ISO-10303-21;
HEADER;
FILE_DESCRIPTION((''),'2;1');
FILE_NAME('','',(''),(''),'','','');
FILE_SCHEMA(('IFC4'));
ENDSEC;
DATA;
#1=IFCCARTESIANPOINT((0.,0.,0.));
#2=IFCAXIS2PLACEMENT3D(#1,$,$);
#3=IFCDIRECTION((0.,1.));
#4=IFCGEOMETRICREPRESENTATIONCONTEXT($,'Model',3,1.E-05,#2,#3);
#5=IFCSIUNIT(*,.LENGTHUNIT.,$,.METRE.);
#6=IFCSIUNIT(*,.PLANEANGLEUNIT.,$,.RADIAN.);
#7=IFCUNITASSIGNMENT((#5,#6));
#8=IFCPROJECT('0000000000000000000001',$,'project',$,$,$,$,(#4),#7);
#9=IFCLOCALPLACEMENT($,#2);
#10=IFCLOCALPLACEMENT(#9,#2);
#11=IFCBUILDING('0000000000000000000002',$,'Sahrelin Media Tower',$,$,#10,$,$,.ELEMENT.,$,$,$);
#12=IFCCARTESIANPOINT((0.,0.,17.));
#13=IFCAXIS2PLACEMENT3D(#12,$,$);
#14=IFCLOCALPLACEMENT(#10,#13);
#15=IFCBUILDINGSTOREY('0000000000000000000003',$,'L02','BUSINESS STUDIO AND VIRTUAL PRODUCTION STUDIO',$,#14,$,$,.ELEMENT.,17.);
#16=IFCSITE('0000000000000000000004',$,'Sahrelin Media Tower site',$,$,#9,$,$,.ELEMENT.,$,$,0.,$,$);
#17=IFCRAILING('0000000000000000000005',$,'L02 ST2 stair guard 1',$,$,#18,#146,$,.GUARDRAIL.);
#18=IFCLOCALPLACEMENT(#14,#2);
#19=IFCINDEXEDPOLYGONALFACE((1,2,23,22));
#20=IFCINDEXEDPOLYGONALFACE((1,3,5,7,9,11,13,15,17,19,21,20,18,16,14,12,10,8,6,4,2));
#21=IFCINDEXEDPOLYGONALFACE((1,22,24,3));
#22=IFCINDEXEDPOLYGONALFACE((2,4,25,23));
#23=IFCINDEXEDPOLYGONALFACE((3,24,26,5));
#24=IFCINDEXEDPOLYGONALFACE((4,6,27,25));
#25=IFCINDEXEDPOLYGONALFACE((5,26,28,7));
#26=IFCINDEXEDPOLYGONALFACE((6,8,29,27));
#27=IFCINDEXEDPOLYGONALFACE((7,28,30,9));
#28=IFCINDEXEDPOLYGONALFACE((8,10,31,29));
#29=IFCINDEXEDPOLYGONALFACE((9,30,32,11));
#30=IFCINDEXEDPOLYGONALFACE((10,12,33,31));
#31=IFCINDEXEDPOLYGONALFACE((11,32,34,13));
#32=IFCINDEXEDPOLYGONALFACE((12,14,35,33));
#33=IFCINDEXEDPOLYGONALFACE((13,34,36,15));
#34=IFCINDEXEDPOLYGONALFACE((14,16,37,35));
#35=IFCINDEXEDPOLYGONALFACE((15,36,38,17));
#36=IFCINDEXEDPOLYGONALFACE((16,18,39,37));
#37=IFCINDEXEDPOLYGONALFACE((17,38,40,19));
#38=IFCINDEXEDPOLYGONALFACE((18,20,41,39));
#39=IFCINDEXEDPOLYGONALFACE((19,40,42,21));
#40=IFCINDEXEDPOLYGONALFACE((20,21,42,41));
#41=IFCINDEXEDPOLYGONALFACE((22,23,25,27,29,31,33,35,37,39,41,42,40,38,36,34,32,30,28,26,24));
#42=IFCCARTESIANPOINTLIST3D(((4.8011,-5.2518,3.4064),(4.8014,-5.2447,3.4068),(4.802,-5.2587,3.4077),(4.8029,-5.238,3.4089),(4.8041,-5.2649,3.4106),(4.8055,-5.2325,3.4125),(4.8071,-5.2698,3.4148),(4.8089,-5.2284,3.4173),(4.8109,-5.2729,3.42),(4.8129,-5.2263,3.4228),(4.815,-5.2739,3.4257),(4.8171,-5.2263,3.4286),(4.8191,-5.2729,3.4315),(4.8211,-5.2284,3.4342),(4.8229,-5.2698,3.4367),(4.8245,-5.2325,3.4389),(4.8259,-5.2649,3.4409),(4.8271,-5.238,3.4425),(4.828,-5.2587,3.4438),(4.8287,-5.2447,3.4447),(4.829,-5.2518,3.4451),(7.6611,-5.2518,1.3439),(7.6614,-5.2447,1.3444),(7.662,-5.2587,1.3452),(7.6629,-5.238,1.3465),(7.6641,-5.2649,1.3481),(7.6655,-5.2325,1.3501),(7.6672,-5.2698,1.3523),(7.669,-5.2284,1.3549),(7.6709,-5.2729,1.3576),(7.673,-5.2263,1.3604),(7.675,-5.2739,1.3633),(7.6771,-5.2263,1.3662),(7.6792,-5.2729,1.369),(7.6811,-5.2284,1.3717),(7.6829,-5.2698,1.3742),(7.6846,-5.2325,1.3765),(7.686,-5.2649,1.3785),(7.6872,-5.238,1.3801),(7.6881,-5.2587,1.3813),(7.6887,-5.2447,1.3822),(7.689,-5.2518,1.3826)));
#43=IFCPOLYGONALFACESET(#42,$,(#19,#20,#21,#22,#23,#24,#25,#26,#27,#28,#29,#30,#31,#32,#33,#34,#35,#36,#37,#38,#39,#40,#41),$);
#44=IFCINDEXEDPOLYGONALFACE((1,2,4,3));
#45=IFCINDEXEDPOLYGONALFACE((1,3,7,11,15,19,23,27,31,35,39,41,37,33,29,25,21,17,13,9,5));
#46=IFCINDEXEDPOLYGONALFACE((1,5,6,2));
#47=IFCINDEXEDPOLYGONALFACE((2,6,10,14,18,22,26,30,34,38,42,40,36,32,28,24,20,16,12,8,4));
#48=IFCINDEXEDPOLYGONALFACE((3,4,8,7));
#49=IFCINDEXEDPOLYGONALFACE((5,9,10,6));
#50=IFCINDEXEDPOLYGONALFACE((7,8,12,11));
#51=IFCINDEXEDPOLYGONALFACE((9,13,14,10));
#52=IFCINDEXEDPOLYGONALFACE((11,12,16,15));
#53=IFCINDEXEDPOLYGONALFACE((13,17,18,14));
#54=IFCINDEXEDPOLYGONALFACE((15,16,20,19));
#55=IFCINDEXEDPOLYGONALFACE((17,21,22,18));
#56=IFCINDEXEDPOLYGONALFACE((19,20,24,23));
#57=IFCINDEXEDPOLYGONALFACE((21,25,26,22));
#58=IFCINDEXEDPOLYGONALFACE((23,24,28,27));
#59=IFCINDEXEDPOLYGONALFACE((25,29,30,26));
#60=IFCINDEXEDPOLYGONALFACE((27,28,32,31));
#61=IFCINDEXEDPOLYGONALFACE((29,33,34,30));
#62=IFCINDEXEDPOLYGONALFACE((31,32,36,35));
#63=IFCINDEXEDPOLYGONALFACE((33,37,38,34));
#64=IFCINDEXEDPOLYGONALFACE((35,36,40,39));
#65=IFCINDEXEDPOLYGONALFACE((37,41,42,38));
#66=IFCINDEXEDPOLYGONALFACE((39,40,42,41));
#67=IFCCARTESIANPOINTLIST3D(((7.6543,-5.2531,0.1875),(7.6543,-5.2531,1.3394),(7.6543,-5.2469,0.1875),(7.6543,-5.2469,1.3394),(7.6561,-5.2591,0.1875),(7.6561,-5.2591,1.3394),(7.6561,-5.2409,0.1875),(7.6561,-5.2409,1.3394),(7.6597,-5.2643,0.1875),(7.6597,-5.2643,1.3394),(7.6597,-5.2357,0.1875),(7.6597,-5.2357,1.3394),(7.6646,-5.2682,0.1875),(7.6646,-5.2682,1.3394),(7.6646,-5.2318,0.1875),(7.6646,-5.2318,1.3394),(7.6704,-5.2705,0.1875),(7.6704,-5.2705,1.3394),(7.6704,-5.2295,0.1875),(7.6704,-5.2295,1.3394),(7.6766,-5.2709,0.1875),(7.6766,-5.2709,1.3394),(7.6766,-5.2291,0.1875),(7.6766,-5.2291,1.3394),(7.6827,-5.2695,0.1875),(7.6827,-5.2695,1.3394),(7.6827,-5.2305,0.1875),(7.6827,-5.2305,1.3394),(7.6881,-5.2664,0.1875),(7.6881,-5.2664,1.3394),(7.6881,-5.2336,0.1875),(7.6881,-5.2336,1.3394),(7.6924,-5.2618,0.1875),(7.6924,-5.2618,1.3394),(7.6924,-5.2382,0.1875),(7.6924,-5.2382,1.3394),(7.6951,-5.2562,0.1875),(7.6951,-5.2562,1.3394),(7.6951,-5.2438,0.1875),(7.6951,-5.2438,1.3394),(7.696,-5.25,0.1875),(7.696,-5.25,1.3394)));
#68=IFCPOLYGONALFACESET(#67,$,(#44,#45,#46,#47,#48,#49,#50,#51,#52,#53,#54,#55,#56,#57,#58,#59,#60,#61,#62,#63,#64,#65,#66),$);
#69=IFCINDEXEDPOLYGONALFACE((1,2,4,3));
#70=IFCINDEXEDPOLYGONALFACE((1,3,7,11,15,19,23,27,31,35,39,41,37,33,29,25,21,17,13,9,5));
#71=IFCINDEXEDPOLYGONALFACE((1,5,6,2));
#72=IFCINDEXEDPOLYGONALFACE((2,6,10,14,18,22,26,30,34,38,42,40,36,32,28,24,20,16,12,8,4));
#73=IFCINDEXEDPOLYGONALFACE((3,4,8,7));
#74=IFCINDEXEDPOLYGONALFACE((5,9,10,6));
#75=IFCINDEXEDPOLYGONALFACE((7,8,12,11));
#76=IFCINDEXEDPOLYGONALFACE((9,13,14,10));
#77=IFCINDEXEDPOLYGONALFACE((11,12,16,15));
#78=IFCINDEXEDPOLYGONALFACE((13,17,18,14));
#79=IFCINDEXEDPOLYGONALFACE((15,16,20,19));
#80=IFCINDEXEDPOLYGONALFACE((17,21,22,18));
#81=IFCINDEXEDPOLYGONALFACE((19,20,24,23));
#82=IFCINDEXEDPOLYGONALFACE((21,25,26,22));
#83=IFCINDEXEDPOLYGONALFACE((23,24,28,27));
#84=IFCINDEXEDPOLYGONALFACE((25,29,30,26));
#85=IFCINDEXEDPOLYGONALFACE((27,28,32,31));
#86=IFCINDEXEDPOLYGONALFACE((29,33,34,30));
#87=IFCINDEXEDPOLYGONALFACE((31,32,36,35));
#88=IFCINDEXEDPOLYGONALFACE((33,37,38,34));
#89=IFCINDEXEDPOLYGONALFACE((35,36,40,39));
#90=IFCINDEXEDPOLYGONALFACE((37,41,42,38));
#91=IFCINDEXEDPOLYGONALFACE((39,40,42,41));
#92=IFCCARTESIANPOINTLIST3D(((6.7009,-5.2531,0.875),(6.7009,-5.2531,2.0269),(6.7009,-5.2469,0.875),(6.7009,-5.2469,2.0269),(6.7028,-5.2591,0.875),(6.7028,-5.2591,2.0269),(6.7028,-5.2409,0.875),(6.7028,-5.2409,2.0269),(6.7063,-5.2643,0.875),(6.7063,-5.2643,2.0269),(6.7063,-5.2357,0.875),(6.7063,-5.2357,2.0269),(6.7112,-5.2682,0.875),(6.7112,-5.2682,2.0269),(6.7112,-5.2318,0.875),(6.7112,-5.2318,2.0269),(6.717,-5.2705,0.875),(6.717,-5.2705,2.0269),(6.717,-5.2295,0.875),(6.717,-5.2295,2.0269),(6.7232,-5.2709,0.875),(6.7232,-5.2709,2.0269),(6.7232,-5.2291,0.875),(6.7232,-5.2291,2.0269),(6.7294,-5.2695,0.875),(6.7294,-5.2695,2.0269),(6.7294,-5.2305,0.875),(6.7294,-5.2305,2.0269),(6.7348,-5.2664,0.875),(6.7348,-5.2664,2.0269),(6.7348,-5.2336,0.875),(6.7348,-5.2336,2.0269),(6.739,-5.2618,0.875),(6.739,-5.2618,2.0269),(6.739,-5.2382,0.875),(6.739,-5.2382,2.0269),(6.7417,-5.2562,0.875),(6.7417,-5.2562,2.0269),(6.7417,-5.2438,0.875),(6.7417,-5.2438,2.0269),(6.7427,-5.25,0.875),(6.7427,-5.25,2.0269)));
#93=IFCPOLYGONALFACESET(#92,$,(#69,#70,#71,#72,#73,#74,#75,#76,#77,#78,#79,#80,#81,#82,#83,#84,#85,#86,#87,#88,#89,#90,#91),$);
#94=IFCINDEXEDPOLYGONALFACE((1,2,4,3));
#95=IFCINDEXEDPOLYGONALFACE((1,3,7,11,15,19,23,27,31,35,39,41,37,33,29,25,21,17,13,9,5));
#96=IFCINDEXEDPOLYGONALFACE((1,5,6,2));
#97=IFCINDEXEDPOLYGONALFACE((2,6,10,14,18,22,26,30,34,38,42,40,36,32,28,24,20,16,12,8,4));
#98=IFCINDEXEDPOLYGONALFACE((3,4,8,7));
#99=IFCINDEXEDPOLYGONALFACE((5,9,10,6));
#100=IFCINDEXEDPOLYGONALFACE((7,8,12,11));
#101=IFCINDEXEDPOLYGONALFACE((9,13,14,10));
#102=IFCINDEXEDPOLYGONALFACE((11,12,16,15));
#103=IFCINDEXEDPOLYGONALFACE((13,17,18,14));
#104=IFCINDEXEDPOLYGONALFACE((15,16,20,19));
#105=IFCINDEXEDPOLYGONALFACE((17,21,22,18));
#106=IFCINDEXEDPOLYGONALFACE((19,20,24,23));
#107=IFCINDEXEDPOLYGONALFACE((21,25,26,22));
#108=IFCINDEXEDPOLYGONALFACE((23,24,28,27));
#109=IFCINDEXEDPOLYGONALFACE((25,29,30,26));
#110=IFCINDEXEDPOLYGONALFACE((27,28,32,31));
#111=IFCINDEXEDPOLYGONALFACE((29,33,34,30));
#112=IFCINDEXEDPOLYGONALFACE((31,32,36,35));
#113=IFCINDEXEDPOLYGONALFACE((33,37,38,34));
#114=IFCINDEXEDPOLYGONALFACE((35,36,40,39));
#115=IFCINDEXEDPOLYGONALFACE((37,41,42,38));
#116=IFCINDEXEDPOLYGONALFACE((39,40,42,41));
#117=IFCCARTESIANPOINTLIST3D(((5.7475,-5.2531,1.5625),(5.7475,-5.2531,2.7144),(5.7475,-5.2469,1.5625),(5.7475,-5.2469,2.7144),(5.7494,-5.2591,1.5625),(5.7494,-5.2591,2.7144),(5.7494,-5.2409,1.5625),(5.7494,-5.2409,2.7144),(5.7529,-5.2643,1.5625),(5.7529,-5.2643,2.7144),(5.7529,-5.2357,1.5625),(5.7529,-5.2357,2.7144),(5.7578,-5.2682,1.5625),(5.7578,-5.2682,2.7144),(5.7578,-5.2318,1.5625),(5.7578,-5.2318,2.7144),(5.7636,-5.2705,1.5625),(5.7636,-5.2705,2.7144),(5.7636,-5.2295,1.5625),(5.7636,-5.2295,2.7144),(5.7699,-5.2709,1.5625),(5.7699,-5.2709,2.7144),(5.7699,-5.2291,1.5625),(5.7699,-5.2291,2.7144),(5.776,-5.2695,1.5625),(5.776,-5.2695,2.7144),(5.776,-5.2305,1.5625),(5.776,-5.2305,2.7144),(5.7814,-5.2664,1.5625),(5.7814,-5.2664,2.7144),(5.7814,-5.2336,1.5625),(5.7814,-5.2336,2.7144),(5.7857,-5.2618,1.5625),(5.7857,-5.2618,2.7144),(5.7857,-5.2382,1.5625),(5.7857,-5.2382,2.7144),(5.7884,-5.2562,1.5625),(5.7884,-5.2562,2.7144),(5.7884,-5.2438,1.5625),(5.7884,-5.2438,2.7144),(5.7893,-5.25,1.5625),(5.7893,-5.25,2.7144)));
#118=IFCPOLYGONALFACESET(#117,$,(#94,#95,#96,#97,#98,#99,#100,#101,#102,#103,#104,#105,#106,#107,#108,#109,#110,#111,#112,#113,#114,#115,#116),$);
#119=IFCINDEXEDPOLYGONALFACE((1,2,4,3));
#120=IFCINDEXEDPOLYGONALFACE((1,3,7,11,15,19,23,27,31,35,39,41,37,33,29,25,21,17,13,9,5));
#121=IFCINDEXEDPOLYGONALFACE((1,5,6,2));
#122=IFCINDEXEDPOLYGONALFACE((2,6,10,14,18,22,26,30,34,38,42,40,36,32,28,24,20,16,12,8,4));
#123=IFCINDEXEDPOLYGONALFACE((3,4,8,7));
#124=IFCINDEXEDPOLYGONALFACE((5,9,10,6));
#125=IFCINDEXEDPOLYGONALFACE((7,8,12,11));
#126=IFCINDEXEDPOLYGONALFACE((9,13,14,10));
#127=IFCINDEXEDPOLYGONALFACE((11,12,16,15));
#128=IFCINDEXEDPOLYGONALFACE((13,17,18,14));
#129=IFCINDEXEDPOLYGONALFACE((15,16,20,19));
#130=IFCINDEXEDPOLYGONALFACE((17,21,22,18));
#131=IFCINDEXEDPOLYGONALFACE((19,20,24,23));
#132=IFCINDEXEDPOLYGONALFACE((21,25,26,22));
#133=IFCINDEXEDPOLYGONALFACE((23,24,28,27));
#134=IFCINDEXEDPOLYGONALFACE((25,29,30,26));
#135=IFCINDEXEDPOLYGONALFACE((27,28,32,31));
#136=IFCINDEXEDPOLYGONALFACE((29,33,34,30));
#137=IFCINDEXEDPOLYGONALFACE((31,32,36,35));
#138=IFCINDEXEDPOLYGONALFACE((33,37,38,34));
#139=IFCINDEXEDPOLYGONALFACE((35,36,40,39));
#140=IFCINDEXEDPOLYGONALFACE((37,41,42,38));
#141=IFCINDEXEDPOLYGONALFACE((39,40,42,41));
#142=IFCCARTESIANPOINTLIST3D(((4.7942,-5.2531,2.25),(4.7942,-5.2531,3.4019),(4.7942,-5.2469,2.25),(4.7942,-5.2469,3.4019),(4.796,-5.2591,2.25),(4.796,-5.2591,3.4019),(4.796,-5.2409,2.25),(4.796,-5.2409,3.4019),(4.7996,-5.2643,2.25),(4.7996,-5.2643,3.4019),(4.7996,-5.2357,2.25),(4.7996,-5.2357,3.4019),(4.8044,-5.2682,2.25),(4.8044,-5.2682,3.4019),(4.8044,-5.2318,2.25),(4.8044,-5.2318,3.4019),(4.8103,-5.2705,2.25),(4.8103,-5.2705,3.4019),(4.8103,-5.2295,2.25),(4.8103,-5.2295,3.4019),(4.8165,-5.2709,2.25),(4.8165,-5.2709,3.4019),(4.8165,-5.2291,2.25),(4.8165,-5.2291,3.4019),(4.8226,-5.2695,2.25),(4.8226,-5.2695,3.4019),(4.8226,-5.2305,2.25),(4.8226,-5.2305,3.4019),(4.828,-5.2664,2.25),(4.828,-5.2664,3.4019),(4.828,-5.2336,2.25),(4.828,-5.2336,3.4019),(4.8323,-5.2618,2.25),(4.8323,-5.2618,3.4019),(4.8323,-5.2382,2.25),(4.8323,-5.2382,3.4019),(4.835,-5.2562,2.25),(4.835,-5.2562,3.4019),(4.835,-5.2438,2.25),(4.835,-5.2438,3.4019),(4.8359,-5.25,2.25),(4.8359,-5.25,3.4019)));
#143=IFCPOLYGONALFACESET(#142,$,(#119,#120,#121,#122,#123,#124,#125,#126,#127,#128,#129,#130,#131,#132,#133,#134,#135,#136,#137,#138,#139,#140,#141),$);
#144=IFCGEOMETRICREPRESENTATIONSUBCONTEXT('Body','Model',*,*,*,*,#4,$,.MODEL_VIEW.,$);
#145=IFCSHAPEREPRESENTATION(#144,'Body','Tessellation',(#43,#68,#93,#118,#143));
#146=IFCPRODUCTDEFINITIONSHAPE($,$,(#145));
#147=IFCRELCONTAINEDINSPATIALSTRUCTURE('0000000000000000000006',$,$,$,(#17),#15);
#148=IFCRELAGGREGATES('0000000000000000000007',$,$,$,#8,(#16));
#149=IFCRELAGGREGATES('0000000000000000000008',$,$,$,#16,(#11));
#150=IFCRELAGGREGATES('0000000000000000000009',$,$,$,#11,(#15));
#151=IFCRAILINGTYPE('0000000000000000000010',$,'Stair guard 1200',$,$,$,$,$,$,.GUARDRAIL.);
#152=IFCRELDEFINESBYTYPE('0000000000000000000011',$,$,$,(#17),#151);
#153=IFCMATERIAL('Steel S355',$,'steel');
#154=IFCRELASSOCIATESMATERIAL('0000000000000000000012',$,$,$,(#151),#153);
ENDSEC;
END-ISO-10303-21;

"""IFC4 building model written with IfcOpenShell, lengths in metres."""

from ifc_helpers import new_model, si_unit, direction, frame, origin, origin_2d, place, context, subcontext, project, spatial, circle, extrude, material, type_object, element, save


model = new_model("IFC4")

# Units and contexts
model_context = context("Model", 3, precision=1e-05, world=origin(), true_north=direction((0.0, 1.0)))
body_context = subcontext(model_context, "Body", "Model", "MODEL_VIEW")
ifc_project = project(units=[si_unit("LENGTHUNIT", "METRE"), si_unit("PLANEANGLEUNIT", "RADIAN")], contexts=[model_context])

# Site, building, storey
site_placement = place(None, origin())
site = spatial("IfcSite", under=ifc_project, at=site_placement, Name="Sahrelin Media Tower site", CompositionType="ELEMENT", RefElevation=0.0)
building_placement = place(site_placement, origin())
building = spatial("IfcBuilding", under=site, at=building_placement, Name="Sahrelin Media Tower", CompositionType="ELEMENT")
storey_placement = place(building_placement, frame((0.0, 0.0, 17.0)))
storey = spatial("IfcBuildingStorey", under=building, at=storey_placement, Name="L02", Description="BUSINESS STUDIO AND VIRTUAL PRODUCTION STUDIO", CompositionType="ELEMENT", Elevation=17.0)

# Railing
ifc_material_1 = material(Name="Steel S355", Category="steel")
railing_type_1 = type_object("IfcRailingType", Name="Stair guard 1200", PredefinedType="GUARDRAIL", material=ifc_material_1)
railing_1_placement = place(storey_placement, frame((7.675, -5.25, 0.1875)))
element("IfcRailing", 1, at=railing_1_placement, inside=storey, type_object=railing_type_1, Name="L02 ST2 stair guard 1", PredefinedType="GUARDRAIL", context=body_context, shape_type="SweptSolid", body=[
    extrude(circle(Radius=0.0239, at=origin_2d()), frame((0.0, 0.0, 1.1758), z_axis=(-0.811101, 0.0, 0.584906), x_axis=(0.0, -1.0, 0.0)), (0.0, 0.0, 1.0), 3.5261),
    extrude(circle(Radius=0.021, at=origin_2d()), origin(), (0.0, 0.0, 1.0), 1.1519),
    extrude(circle(Radius=0.021, at=origin_2d()), frame((-0.9534, 0.0, 0.6875)), (0.0, 0.0, 1.0), 1.1519),
    extrude(circle(Radius=0.021, at=origin_2d()), frame((-1.9067, 0.0, 1.375)), (0.0, 0.0, 1.0), 1.1519),
    extrude(circle(Radius=0.021, at=origin_2d()), frame((-2.8601, 0.0, 2.0625)), (0.0, 0.0, 1.0), 1.1519),
])

save(model, "model.ifc")
